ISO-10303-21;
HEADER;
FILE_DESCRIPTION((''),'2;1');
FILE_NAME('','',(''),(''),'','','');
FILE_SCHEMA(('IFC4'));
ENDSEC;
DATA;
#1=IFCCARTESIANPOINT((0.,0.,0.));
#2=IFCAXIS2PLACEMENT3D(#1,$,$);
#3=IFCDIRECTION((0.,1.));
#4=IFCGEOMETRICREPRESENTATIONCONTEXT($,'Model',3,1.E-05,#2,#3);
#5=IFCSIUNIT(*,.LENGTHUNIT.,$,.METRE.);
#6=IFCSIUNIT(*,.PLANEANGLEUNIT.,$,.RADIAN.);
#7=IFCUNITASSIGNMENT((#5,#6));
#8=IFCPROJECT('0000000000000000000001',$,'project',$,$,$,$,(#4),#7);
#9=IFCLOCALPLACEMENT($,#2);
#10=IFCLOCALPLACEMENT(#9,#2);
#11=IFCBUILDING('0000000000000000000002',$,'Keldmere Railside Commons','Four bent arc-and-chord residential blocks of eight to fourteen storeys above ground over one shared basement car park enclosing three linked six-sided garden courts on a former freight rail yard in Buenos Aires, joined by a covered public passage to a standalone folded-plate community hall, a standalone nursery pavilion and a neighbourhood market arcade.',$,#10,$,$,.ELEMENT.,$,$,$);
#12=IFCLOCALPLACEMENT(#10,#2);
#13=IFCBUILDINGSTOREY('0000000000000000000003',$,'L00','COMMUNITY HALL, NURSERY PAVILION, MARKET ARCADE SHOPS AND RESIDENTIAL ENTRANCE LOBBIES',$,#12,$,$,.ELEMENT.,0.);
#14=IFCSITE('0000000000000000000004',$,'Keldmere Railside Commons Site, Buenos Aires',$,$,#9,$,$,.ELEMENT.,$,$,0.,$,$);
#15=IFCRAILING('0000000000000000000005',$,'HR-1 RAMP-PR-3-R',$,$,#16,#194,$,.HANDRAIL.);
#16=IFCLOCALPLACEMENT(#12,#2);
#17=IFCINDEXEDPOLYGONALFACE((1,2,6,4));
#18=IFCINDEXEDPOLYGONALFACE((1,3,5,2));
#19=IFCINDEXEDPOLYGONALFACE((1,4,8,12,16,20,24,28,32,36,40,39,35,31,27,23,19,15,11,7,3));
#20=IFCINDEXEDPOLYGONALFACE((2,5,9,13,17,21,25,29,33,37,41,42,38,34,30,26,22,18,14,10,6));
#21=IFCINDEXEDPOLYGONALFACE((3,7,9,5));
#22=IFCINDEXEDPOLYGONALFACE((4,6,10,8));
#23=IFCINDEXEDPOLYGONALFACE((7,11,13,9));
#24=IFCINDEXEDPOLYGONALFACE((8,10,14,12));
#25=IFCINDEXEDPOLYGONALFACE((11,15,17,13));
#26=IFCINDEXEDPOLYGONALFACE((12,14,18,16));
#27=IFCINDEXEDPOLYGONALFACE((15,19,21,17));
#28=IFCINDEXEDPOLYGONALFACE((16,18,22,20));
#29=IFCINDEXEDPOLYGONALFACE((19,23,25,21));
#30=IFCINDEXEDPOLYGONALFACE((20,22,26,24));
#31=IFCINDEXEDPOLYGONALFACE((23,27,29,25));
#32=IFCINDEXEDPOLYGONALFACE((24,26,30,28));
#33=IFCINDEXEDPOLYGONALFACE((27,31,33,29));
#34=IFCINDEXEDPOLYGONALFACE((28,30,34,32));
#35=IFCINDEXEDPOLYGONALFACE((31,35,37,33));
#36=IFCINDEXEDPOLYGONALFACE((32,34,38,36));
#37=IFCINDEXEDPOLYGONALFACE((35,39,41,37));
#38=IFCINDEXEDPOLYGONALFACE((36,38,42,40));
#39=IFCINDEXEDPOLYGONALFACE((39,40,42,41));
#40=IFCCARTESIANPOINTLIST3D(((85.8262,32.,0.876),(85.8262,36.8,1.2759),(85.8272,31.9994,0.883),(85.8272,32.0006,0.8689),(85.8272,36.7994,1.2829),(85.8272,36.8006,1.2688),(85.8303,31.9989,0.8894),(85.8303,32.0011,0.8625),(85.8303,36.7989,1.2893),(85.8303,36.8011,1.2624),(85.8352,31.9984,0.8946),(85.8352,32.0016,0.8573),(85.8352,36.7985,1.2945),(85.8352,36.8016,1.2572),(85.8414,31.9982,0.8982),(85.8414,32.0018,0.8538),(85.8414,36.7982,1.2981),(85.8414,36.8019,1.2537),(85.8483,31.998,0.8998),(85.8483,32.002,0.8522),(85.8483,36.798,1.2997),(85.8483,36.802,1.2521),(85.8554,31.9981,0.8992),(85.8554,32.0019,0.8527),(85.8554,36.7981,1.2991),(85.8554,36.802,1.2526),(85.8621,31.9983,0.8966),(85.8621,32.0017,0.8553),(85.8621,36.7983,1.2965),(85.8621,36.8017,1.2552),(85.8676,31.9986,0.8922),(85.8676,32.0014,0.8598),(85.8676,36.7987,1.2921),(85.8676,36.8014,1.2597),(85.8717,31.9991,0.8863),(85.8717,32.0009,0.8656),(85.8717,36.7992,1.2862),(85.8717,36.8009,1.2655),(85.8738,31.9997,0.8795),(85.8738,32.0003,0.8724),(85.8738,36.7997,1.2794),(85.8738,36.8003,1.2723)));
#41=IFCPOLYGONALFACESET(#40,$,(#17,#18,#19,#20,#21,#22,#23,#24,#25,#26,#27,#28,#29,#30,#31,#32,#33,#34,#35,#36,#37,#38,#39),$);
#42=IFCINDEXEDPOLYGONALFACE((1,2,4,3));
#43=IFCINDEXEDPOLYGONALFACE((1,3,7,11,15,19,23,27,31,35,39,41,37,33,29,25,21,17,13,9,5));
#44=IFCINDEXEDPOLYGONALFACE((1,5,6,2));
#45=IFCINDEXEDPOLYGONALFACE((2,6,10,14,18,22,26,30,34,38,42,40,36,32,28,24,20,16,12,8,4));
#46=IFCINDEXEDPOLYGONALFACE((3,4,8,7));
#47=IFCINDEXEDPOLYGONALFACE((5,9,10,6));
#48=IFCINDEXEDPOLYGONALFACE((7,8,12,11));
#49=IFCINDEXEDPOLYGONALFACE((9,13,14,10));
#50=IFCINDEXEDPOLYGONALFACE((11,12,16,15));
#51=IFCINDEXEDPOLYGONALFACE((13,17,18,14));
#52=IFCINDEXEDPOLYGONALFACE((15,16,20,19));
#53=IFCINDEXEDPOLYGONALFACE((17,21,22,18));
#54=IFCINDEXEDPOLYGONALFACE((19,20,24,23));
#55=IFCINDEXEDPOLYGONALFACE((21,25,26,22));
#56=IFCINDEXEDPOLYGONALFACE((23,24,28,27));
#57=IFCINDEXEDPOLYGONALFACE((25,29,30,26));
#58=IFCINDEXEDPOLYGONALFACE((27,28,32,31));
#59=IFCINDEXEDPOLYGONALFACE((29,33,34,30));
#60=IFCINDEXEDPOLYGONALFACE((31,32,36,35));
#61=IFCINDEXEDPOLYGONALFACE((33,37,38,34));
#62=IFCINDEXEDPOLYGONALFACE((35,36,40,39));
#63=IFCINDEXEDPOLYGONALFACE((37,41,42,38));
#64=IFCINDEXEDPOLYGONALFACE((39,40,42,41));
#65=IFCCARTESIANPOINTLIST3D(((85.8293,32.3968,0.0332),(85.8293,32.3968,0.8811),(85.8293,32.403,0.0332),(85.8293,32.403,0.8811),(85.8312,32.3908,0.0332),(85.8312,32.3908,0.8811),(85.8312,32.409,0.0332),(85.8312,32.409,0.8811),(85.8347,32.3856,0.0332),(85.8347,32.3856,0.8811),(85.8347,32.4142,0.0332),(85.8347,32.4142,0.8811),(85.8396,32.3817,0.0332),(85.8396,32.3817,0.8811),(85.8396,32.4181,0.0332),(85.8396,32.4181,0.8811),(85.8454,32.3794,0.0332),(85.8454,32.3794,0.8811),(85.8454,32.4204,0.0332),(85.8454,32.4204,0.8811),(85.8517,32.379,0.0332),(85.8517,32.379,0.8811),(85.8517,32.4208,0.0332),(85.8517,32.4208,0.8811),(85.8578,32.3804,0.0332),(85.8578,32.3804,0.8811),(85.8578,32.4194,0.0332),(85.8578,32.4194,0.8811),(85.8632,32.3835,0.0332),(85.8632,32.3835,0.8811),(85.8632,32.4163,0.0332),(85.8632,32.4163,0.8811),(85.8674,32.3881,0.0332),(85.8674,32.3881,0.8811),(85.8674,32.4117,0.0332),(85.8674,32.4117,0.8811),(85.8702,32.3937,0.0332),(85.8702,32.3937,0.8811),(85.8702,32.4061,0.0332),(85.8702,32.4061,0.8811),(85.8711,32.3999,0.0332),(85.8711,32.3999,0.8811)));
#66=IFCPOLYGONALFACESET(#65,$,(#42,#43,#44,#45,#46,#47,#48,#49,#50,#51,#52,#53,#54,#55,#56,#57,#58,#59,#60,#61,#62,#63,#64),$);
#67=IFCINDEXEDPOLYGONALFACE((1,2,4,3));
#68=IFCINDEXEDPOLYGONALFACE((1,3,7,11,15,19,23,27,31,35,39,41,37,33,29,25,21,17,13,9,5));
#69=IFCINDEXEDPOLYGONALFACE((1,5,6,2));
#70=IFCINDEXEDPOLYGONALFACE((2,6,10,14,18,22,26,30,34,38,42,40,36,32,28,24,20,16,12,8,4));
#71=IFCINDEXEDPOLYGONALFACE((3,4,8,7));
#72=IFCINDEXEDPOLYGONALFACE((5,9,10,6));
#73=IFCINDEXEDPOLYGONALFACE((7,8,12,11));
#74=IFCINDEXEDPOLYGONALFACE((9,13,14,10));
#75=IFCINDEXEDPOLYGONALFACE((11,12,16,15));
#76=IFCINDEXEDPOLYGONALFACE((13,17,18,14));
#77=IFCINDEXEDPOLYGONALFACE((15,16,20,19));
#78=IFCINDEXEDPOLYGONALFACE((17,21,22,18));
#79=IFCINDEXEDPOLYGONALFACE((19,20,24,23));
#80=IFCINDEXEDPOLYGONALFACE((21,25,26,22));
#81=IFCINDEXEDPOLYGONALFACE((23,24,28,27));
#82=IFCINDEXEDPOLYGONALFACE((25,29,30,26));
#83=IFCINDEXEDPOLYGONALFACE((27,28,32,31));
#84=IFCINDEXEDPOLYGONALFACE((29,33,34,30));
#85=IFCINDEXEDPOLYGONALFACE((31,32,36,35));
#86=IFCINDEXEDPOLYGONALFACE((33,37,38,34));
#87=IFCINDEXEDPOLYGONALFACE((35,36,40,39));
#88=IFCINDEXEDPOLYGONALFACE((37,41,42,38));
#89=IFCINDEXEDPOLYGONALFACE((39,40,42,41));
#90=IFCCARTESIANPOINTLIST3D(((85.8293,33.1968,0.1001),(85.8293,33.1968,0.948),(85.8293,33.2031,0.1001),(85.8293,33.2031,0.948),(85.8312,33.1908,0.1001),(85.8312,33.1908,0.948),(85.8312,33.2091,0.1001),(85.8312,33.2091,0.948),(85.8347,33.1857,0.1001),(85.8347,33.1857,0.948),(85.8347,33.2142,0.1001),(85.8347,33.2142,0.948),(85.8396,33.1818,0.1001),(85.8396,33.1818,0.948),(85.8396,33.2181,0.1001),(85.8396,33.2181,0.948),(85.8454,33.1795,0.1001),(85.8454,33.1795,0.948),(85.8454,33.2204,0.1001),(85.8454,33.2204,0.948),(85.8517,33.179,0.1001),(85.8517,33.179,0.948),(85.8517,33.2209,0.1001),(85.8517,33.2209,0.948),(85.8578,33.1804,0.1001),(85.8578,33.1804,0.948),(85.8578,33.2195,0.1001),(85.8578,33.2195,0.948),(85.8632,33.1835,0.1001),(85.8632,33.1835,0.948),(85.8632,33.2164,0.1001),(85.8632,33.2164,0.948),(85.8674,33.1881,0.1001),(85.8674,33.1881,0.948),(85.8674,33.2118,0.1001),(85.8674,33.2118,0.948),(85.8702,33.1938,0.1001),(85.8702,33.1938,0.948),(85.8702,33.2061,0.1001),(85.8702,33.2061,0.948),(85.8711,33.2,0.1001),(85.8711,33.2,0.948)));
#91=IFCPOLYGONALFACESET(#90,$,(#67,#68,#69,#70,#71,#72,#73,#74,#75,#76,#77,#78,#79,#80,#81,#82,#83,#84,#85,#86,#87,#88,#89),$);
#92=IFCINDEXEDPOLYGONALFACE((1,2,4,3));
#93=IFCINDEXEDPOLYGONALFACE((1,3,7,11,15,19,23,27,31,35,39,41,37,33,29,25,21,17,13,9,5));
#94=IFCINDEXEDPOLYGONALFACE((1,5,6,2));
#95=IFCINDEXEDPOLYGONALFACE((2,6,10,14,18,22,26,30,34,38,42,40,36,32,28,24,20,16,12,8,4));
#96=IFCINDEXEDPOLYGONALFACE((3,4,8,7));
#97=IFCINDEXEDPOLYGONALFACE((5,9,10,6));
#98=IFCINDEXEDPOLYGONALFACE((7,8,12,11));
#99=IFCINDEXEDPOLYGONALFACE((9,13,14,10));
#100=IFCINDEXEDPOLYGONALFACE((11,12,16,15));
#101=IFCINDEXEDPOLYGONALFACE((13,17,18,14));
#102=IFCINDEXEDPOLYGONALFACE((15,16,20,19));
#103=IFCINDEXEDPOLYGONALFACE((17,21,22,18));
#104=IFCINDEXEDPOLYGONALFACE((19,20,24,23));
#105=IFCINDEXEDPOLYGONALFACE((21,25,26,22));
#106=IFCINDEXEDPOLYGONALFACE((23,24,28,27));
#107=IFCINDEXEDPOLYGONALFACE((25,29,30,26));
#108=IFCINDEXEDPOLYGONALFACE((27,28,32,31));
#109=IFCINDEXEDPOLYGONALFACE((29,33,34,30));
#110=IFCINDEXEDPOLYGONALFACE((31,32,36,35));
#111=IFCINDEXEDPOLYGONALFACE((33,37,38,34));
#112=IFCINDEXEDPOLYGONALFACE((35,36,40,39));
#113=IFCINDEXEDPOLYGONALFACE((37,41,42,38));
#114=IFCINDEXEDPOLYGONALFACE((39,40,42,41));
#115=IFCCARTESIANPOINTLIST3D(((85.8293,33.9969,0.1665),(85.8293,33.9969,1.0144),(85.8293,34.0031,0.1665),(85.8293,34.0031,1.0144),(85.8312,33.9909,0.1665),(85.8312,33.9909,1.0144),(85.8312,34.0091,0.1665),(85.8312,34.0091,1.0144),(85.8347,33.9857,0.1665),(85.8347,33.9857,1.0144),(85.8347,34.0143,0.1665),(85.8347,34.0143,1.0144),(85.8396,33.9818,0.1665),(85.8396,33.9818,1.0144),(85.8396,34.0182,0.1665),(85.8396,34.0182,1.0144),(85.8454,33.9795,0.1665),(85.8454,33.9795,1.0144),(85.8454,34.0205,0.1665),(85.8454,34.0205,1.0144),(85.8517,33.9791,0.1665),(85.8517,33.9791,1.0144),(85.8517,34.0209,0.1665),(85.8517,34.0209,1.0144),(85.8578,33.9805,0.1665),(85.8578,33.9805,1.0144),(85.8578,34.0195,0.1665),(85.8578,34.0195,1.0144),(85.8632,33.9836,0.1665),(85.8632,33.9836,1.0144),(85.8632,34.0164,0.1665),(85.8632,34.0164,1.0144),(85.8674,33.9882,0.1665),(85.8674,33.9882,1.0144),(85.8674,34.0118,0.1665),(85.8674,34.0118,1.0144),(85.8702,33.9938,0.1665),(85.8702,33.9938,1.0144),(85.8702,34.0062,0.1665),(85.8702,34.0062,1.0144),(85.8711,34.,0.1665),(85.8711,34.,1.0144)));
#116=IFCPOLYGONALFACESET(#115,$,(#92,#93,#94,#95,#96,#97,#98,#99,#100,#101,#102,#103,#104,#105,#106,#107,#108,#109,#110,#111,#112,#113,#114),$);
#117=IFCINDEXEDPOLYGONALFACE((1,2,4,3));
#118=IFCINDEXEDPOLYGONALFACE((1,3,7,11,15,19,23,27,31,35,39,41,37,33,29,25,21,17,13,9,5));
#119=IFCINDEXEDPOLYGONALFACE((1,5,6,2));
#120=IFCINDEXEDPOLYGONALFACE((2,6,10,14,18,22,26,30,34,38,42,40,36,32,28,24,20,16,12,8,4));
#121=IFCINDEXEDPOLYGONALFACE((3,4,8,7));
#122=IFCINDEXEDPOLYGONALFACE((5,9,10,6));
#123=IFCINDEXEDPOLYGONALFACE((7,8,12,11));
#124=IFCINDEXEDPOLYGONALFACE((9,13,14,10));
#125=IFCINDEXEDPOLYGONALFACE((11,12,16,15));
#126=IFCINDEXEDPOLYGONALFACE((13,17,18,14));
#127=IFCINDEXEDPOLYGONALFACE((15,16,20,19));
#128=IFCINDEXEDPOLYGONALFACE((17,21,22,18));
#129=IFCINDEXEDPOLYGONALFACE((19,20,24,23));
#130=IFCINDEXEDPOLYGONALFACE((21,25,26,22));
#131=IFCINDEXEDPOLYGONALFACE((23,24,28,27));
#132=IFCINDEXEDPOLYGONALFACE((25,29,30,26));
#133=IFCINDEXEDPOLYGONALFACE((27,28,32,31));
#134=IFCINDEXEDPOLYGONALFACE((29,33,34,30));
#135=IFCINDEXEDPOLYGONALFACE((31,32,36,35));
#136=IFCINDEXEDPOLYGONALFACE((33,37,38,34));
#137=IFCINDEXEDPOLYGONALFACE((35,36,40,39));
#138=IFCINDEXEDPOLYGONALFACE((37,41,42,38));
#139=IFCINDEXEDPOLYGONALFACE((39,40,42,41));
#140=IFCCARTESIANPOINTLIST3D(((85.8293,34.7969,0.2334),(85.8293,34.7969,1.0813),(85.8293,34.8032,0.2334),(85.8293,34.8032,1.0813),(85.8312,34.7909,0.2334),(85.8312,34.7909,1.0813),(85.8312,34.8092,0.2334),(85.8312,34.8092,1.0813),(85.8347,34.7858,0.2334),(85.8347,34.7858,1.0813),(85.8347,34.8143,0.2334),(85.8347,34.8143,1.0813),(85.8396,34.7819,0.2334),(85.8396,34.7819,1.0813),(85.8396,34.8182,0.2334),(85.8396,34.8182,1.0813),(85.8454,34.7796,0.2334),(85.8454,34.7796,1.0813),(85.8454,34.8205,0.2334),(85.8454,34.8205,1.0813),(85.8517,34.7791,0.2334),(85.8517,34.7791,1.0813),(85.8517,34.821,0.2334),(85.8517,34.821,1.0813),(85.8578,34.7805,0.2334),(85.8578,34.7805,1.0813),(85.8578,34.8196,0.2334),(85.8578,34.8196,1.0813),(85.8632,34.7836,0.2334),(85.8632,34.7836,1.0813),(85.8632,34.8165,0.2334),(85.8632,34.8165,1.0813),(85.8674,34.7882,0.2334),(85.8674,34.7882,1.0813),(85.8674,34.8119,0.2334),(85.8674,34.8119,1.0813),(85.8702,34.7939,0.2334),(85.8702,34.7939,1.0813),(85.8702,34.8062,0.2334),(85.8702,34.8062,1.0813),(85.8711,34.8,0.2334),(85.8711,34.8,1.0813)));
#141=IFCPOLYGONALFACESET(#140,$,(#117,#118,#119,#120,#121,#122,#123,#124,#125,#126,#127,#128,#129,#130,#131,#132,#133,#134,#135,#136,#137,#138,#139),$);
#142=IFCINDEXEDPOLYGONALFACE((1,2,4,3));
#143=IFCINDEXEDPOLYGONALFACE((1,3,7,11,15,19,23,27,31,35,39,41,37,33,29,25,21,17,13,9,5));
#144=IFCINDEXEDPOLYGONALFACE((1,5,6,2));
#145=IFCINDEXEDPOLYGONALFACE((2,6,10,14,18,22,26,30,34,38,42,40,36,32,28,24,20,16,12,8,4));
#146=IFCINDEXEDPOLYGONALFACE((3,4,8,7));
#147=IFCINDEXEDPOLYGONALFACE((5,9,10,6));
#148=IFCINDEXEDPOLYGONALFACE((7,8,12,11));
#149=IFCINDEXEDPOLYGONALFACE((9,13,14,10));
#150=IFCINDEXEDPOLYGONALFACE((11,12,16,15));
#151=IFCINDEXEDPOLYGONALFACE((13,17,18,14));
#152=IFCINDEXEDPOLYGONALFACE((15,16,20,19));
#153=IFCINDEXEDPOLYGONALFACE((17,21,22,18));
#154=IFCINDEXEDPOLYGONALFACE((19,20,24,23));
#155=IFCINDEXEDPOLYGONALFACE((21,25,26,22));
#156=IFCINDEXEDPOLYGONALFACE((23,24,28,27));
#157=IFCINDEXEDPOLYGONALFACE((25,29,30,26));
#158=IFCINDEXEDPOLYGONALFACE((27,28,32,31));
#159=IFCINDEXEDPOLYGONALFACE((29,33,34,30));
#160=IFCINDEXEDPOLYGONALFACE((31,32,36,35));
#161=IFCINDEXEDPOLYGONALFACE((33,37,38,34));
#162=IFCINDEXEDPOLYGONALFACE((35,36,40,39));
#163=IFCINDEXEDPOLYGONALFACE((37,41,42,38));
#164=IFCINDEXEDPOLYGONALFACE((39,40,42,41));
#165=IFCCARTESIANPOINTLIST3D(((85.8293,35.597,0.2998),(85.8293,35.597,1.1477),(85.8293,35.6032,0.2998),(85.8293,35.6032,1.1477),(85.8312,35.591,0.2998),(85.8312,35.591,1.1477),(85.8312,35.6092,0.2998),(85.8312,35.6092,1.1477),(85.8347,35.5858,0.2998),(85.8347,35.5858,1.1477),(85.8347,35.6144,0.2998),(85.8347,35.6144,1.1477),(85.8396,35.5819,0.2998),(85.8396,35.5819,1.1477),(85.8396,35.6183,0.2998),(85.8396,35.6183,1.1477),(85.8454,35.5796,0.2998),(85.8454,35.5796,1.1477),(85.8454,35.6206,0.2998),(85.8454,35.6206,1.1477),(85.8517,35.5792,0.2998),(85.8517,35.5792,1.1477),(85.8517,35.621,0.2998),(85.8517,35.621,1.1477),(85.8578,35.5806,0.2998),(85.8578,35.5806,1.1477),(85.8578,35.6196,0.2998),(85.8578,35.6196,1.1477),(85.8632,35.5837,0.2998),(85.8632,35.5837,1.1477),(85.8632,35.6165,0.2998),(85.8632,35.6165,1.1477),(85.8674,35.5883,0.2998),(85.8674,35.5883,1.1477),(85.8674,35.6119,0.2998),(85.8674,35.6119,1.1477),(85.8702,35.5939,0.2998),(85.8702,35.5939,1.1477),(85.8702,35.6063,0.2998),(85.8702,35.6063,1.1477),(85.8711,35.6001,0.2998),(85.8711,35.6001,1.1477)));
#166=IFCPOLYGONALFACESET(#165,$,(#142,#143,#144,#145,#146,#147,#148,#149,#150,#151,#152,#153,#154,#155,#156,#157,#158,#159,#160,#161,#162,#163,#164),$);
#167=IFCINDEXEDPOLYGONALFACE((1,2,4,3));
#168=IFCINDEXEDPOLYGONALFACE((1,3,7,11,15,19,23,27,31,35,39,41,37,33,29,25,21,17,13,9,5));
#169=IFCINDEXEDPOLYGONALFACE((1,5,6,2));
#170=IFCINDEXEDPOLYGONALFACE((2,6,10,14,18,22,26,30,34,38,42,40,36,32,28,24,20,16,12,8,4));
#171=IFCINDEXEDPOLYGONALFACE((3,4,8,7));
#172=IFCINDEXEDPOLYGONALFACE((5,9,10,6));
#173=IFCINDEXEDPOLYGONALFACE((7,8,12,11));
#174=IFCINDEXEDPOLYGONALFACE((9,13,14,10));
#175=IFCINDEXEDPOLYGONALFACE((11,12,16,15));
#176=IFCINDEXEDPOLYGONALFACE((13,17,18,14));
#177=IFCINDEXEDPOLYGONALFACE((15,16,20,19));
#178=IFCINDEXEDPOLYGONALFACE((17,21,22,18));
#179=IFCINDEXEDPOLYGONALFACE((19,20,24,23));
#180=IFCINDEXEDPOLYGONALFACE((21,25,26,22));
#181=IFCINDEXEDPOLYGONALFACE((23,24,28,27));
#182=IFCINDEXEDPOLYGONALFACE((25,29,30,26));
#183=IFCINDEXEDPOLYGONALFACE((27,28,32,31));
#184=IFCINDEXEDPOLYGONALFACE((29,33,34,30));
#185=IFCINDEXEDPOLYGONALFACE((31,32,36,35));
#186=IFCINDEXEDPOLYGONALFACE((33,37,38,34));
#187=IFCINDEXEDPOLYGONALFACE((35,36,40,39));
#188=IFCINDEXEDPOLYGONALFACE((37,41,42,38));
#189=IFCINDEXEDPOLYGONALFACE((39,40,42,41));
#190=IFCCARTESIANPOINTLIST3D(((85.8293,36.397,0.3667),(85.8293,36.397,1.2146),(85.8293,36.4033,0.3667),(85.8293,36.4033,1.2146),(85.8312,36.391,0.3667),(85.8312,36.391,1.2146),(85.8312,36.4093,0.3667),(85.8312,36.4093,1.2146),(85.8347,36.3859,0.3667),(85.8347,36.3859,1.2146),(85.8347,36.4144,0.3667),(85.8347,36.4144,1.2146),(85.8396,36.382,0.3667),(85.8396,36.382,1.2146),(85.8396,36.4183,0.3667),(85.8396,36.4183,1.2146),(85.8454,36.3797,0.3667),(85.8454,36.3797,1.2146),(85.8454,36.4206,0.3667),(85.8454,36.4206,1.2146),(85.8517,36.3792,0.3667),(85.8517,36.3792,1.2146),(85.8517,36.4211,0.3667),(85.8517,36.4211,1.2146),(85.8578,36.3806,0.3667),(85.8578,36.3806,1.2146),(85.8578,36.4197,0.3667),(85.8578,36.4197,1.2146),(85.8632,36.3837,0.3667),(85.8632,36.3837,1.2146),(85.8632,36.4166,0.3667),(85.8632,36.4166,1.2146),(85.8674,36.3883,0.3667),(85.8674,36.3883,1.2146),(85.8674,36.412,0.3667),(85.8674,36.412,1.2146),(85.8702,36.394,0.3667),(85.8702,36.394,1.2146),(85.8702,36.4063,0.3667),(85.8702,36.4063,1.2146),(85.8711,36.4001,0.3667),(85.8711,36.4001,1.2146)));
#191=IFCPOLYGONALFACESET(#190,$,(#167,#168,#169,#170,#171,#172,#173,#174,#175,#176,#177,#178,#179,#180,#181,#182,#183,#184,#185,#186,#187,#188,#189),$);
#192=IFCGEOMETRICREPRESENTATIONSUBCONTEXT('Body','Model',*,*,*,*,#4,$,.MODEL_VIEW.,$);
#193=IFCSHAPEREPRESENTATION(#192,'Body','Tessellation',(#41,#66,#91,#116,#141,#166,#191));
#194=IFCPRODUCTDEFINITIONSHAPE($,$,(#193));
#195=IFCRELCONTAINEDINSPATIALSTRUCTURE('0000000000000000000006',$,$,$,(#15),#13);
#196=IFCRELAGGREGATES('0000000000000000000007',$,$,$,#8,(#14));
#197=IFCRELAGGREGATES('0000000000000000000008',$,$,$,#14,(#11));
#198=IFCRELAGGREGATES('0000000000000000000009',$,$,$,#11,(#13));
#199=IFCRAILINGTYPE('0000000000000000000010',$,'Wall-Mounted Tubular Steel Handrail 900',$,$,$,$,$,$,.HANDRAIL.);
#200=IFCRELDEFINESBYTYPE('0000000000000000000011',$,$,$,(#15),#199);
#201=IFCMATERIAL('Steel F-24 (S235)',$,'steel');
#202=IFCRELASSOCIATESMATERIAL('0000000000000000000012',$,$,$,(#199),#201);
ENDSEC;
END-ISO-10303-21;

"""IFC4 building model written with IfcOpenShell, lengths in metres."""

from ifc_helpers import new_model, si_unit, direction, frame, origin, origin_2d, place, context, subcontext, project, spatial, circle, extrude, material, type_object, element, save


model = new_model("IFC4")

# Units and contexts
model_context = context("Model", 3, precision=1e-05, world=origin(), true_north=direction((0.0, 1.0)))
body_context = subcontext(model_context, "Body", "Model", "MODEL_VIEW")
ifc_project = project(units=[si_unit("LENGTHUNIT", "METRE"), si_unit("PLANEANGLEUNIT", "RADIAN")], contexts=[model_context])

# Site, building, storey
site_placement = place(None, origin())
site = spatial("IfcSite", under=ifc_project, at=site_placement, Name="Keldmere Railside Commons Site, Buenos Aires", CompositionType="ELEMENT", RefElevation=0.0)
building_placement = place(site_placement, origin())
building = spatial("IfcBuilding", under=site, at=building_placement, Name="Keldmere Railside Commons", Description="Four bent arc-and-chord residential blocks of eight to fourteen storeys above ground over one shared basement car park enclosing three linked six-sided garden courts on a former freight rail yard in Buenos Aires, joined by a covered public passage to a standalone folded-plate community hall, a standalone nursery pavilion and a neighbourhood market arcade.", CompositionType="ELEMENT")
storey_placement = place(building_placement, origin())
storey = spatial("IfcBuildingStorey", under=building, at=storey_placement, Name="L00", Description="COMMUNITY HALL, NURSERY PAVILION, MARKET ARCADE SHOPS AND RESIDENTIAL ENTRANCE LOBBIES", CompositionType="ELEMENT", Elevation=0.0)

# Railing
ifc_material_1 = material(Name="Steel F-24 (S235)", Category="steel")
railing_type_1 = type_object("IfcRailingType", Name="Wall-Mounted Tubular Steel Handrail 900", PredefinedType="HANDRAIL", material=ifc_material_1)
for number, where, name in (
    (1, (85.8501, 32.0, 0.0), "HR-1 RAMP-PR-3-R"),
):
    element("IfcRailing", number, at=place(storey_placement, frame(where)), inside=storey, type_object=railing_type_1, Name=name, PredefinedType="HANDRAIL", context=body_context, shape_type="SweptSolid", body=[
        extrude(circle(Radius=0.0239, at=origin_2d()), frame((0.0, 0.0, 0.876), z_axis=(0.0, 0.996548, 0.083025), x_axis=(-1.0, 0.0, 0.0)), (0.0, 0.0, 1.0), 4.8167),
        extrude(circle(Radius=0.021, at=origin_2d()), frame((0.0, 0.3999, 0.0332)), (0.0, 0.0, 1.0), 0.8479),
        extrude(circle(Radius=0.021, at=origin_2d()), frame((0.0, 1.2, 0.1001)), (0.0, 0.0, 1.0), 0.8479),
        extrude(circle(Radius=0.021, at=origin_2d()), frame((0.0, 2.0, 0.1665)), (0.0, 0.0, 1.0), 0.8479),
        extrude(circle(Radius=0.021, at=origin_2d()), frame((0.0, 2.8, 0.2334)), (0.0, 0.0, 1.0), 0.8479),
        extrude(circle(Radius=0.021, at=origin_2d()), frame((0.0, 3.6001, 0.2998)), (0.0, 0.0, 1.0), 0.8479),
        extrude(circle(Radius=0.021, at=origin_2d()), frame((0.0, 4.4001, 0.3667)), (0.0, 0.0, 1.0), 0.8479),
    ])

save(model, "model.ifc")
